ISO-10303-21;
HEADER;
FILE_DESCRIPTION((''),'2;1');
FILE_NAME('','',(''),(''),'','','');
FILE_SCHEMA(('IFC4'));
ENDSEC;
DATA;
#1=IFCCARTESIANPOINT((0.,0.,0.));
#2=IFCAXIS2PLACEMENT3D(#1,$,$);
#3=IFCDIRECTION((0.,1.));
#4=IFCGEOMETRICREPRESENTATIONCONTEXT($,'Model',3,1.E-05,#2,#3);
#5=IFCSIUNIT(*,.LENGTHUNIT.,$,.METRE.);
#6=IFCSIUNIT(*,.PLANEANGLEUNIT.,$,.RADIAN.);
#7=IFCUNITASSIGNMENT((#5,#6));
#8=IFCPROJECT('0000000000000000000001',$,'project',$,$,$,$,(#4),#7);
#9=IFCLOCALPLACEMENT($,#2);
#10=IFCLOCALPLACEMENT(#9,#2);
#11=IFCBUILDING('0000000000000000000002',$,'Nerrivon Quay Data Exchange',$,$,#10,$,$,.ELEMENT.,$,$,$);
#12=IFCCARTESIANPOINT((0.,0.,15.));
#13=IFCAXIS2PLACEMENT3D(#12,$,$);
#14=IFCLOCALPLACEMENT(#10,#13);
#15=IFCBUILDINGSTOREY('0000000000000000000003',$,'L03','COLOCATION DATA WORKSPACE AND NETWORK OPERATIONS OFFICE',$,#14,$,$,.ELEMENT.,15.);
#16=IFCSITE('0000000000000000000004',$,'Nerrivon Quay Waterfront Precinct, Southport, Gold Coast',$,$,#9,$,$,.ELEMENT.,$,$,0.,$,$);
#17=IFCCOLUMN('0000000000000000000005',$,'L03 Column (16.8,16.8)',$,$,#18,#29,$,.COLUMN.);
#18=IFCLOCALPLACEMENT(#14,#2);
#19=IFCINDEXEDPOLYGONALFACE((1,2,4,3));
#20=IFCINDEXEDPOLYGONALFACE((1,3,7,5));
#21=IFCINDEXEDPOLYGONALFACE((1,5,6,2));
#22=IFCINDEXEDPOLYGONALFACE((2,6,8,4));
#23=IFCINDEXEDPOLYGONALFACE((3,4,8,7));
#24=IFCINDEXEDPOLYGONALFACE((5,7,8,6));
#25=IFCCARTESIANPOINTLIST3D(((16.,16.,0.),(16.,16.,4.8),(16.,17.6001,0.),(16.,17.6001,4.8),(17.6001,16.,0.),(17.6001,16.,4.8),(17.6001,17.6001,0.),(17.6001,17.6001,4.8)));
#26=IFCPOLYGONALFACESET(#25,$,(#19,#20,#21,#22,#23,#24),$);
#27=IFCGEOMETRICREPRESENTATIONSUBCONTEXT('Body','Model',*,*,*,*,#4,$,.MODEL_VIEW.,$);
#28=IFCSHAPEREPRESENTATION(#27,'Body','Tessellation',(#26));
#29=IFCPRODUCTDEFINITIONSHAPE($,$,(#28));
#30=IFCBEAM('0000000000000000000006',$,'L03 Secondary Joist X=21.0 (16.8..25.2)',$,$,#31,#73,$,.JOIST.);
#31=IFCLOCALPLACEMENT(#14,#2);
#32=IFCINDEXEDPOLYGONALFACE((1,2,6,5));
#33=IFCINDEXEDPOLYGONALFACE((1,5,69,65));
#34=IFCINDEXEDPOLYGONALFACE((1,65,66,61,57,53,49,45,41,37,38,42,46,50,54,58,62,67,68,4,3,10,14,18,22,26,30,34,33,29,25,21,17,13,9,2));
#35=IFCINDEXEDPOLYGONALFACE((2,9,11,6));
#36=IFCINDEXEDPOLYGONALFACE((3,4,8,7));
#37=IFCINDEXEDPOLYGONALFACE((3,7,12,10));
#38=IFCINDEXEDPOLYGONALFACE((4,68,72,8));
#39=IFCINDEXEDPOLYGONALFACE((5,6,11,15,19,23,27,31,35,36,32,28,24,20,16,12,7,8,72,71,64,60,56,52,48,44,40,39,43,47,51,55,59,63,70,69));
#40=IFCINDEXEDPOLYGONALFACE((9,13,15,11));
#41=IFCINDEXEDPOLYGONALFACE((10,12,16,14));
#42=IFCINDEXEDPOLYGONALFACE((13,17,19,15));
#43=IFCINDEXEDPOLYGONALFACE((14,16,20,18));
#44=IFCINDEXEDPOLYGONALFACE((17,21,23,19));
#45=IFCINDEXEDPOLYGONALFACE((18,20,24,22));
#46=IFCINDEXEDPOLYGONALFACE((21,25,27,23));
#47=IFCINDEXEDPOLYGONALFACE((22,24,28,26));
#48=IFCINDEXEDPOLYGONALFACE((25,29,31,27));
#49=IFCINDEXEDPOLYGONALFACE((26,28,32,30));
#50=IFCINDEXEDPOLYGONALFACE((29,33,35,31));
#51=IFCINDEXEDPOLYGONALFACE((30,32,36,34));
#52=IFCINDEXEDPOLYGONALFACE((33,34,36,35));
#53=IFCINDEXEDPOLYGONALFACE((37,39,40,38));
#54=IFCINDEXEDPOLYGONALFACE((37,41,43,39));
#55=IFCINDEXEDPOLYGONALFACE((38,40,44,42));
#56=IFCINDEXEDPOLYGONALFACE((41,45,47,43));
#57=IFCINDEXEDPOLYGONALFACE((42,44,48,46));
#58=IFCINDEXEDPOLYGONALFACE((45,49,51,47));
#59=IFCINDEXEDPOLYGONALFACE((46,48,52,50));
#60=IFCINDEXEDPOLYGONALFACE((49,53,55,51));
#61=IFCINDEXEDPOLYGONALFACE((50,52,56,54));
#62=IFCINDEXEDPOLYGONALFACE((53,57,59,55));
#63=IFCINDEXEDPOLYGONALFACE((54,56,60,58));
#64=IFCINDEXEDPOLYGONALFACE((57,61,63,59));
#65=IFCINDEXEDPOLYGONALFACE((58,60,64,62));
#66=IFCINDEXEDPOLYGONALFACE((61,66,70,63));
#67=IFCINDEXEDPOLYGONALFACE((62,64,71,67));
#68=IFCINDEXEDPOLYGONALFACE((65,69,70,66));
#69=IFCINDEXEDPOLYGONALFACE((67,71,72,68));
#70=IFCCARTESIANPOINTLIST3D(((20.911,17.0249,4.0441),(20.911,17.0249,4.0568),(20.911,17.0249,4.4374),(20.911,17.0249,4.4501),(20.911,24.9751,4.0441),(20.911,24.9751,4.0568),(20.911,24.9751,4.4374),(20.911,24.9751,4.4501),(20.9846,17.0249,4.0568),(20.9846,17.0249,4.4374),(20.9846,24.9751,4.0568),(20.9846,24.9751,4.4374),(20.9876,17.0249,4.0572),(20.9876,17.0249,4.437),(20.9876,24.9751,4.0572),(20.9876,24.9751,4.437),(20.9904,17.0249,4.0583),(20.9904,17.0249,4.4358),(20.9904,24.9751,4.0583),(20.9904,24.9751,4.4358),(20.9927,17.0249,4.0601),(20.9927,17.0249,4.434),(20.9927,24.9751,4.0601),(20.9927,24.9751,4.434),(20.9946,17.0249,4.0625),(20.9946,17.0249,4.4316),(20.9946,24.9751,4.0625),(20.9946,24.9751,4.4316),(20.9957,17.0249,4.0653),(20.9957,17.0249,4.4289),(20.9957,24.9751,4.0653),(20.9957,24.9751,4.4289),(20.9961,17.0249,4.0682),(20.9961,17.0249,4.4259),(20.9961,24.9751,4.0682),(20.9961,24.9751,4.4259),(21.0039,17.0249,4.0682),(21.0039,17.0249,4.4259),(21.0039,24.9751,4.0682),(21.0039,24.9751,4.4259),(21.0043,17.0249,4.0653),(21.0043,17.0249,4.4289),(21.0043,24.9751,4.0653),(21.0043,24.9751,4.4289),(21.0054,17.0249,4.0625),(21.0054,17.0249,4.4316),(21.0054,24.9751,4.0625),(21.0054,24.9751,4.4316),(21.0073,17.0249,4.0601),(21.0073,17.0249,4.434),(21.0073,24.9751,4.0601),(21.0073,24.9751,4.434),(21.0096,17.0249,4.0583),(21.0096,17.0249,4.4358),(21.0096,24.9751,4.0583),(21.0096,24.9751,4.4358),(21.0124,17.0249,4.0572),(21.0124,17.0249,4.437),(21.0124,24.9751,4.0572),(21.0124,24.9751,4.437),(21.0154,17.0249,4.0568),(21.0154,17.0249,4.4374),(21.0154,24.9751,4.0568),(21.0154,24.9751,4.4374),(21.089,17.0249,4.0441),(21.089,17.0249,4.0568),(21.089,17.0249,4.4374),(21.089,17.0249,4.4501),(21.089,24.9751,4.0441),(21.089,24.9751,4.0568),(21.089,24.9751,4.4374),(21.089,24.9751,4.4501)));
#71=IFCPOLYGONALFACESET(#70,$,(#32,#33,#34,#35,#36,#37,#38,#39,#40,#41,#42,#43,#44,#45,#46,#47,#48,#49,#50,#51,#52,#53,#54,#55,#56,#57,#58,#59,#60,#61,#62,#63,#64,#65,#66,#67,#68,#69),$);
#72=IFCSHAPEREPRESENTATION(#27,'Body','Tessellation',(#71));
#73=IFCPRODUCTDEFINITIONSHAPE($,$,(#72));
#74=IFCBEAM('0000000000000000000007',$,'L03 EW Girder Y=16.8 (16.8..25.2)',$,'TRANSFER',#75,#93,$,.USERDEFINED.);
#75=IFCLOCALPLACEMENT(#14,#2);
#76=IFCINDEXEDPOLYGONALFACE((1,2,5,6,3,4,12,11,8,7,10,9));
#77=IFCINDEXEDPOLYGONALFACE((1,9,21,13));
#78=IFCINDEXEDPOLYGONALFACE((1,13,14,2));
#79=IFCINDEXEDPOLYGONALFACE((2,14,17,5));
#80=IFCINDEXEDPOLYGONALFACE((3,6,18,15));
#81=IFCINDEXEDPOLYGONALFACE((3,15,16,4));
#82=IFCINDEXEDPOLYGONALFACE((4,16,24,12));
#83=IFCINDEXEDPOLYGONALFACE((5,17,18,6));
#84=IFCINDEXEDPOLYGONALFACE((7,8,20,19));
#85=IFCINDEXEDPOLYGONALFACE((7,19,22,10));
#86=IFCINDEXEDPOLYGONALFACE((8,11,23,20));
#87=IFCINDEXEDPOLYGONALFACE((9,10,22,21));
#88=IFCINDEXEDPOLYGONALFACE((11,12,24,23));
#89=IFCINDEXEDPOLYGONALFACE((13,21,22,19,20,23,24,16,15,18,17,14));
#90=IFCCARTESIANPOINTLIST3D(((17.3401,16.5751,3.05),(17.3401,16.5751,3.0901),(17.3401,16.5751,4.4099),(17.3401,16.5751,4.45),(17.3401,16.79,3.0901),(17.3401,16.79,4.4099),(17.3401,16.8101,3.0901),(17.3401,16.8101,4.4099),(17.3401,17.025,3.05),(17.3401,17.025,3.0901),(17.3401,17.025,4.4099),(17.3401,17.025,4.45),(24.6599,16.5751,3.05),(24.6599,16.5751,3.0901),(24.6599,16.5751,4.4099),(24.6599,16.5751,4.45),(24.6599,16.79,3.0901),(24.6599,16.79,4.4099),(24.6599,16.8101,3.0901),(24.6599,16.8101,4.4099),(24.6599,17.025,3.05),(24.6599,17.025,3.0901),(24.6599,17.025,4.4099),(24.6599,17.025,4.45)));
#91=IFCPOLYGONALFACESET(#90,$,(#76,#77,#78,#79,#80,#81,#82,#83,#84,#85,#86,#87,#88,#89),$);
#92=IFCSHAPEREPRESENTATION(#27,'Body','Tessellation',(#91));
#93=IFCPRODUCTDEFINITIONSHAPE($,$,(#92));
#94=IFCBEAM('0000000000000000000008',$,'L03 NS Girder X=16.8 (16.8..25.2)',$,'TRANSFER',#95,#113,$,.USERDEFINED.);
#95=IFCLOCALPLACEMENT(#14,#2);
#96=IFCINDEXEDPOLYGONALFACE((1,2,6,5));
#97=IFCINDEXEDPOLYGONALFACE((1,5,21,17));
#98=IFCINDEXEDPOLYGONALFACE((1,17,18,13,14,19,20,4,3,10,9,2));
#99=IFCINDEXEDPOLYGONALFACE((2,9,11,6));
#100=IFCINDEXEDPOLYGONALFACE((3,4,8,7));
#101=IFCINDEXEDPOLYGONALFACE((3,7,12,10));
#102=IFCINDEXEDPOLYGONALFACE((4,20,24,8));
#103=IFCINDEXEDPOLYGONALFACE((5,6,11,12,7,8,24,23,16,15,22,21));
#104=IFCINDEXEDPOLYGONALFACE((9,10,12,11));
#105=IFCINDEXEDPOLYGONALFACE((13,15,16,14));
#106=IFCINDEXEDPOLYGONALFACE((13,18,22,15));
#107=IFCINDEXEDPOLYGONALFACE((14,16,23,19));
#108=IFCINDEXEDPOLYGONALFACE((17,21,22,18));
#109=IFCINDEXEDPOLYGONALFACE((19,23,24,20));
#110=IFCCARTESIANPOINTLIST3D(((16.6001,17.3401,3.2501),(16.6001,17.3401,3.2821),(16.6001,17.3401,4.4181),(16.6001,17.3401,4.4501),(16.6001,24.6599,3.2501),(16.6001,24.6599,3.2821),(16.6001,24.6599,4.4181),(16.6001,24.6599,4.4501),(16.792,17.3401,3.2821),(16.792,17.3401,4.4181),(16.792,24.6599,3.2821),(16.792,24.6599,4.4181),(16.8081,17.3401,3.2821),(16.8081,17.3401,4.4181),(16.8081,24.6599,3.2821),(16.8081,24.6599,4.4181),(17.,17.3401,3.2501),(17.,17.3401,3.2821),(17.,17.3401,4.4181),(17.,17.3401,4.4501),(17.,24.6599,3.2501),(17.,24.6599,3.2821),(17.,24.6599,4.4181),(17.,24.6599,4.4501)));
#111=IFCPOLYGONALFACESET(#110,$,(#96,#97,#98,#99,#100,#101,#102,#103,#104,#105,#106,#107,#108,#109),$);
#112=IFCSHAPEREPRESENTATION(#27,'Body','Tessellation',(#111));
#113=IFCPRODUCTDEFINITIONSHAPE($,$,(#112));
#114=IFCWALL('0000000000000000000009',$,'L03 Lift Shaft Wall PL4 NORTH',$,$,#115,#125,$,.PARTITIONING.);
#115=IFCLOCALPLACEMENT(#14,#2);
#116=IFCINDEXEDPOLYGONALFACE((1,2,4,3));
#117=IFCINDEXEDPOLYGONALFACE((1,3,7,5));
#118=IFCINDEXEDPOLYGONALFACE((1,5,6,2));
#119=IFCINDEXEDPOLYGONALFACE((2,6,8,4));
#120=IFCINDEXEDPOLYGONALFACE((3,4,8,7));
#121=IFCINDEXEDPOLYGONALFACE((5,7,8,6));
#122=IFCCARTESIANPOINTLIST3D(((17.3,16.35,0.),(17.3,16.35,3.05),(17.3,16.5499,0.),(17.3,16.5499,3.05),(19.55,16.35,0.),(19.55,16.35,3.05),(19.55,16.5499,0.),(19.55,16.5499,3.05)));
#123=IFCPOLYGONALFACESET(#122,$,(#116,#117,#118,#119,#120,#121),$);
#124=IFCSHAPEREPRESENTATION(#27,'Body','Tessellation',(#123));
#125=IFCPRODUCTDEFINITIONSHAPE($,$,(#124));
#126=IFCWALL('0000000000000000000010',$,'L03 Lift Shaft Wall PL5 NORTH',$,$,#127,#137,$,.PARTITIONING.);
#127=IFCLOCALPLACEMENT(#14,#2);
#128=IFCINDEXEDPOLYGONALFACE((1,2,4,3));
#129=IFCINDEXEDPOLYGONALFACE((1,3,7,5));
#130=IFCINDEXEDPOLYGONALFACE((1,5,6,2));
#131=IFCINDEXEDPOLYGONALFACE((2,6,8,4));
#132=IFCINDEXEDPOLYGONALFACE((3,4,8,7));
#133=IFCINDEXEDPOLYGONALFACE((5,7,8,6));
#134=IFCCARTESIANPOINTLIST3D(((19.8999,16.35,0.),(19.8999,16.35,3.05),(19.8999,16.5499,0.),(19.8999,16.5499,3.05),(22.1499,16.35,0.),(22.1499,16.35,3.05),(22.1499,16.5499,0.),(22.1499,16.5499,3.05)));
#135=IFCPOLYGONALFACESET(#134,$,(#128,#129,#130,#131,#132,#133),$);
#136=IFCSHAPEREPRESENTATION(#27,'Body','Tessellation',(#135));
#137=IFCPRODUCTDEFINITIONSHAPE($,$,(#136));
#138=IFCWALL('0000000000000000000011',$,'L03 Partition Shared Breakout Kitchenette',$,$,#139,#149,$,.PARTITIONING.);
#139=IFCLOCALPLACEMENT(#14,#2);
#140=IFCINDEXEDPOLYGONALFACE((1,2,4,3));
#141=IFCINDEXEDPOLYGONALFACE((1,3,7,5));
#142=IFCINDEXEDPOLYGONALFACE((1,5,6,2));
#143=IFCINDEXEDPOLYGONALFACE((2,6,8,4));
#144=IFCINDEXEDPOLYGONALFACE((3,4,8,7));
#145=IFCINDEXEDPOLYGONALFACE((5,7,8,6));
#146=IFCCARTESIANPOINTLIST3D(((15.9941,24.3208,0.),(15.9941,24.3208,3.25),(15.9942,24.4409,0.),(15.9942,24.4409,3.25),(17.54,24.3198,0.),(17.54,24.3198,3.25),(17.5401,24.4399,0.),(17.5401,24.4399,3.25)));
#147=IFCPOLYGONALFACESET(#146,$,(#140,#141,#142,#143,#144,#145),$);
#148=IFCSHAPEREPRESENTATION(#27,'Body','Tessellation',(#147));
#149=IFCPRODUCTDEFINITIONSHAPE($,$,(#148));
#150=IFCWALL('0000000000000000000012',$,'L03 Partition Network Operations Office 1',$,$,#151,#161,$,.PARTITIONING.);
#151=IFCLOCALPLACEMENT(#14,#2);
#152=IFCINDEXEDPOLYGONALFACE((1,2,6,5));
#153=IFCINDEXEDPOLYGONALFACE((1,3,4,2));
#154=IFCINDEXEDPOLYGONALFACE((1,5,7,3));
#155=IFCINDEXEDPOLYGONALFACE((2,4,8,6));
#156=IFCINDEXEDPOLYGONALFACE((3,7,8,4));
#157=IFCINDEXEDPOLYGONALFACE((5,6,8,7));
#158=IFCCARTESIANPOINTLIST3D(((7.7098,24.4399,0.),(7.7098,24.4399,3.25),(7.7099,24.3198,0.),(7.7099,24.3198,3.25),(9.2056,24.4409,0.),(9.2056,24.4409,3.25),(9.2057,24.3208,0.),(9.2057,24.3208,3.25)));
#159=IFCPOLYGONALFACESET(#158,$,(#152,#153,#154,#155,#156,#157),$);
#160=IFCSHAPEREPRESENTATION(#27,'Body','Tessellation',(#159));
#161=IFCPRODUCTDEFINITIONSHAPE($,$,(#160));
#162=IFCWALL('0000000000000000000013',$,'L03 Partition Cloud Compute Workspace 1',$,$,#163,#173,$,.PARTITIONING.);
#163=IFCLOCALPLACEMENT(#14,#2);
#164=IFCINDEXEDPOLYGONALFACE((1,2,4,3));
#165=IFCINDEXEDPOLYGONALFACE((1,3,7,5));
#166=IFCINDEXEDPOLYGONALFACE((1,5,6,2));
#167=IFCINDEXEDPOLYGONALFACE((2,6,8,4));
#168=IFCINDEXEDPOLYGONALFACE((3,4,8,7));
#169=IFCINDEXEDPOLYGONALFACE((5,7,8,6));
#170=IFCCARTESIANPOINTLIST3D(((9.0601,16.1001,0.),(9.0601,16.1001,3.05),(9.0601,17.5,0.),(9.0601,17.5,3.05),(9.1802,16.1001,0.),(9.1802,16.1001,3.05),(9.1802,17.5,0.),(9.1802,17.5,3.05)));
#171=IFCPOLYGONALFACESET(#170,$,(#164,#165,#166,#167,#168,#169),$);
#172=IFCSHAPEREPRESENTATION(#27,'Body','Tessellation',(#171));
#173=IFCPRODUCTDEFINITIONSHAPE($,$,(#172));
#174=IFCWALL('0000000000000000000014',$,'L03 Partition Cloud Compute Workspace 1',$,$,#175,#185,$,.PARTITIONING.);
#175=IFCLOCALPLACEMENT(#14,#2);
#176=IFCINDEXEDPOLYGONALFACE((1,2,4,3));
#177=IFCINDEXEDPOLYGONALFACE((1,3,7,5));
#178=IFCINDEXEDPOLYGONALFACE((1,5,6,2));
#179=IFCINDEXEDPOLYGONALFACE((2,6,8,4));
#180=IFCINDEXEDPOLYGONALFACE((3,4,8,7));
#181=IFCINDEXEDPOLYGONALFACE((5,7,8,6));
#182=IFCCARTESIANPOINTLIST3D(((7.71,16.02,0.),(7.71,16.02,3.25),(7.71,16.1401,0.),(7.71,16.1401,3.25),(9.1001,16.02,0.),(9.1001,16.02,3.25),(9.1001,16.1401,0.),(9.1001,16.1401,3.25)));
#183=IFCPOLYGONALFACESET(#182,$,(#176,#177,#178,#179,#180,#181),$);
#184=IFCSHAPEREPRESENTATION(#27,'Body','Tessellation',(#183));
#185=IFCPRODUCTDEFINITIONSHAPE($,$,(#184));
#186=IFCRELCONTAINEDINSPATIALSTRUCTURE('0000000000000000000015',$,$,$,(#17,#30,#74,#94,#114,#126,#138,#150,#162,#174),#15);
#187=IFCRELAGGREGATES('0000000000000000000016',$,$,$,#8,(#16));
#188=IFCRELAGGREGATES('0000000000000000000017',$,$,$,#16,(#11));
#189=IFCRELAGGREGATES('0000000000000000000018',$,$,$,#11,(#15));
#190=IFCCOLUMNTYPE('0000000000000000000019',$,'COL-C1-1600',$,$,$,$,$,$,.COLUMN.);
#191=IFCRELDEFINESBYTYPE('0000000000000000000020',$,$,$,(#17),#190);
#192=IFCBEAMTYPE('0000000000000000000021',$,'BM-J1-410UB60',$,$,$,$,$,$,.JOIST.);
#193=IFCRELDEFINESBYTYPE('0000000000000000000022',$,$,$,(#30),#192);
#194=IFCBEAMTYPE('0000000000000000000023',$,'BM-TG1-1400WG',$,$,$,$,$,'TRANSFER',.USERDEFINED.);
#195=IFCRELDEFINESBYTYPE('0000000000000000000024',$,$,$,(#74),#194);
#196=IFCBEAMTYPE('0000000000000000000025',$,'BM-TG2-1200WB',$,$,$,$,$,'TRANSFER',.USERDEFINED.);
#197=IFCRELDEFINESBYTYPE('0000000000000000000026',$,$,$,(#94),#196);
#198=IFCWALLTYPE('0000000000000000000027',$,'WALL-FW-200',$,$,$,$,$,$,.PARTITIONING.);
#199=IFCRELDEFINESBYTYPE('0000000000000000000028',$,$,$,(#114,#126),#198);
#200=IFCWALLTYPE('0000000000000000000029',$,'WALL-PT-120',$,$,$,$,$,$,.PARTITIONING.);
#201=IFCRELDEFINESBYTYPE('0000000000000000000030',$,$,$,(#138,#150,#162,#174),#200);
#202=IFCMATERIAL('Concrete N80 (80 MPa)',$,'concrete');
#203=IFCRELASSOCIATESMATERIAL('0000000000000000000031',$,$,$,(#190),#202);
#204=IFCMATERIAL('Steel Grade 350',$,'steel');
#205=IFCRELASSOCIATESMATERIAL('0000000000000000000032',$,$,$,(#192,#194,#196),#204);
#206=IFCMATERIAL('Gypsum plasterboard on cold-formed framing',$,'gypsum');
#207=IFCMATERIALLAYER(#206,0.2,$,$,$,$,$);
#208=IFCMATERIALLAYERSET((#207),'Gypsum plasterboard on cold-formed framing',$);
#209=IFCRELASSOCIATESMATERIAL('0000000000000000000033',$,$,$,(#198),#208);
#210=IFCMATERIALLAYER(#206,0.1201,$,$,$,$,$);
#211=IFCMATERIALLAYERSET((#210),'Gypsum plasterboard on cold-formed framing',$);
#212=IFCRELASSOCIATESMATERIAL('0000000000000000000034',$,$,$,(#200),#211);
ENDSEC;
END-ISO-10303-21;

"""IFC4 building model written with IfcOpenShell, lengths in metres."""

from ifc_helpers import new_model, si_unit, direction, frame, frame_2d, origin, origin_2d, place, context, subcontext, project, spatial, rectangle, i_section, extrude, material, layer, layer_set, material_profile, profile_set, type_object, element, save


model = new_model("IFC4")

# Units and contexts
model_context = context("Model", 3, precision=1e-05, world=origin(), true_north=direction((0.0, 1.0)))
body_context = subcontext(model_context, "Body", "Model", "MODEL_VIEW")
ifc_project = project(units=[si_unit("LENGTHUNIT", "METRE"), si_unit("PLANEANGLEUNIT", "RADIAN")], contexts=[model_context])

# Site, building, storey
site_placement = place(None, origin())
site = spatial("IfcSite", under=ifc_project, at=site_placement, Name="Nerrivon Quay Waterfront Precinct, Southport, Gold Coast", CompositionType="ELEMENT", RefElevation=0.0)
building_placement = place(site_placement, origin())
building = spatial("IfcBuilding", under=site, at=building_placement, Name="Nerrivon Quay Data Exchange", CompositionType="ELEMENT")
storey_placement = place(building_placement, frame((0.0, 0.0, 15.0)))
storey = spatial("IfcBuildingStorey", under=building, at=storey_placement, Name="L03", Description="COLOCATION DATA WORKSPACE AND NETWORK OPERATIONS OFFICE", CompositionType="ELEMENT", Elevation=15.0)

# Column
ifc_material_1 = material(Name="Concrete N80 (80 MPa)", Category="concrete")
ifc_material_profile_1 = material_profile(ifc_material_1, rectangle(XDim=1.6001, YDim=1.6001, at=origin_2d()), Name="RC-COL-1600x1600")
ifc_profile_set_1 = profile_set([ifc_material_profile_1], Name="Concrete N80 (80 MPa)")
column_type = type_object("IfcColumnType", Name="COL-C1-1600", PredefinedType="COLUMN", material=ifc_profile_set_1)
column_placement = place(storey_placement, frame((16.8, 16.8, 0.0), z_axis=(0.0, 0.0, 1.0), x_axis=(1.0, 0.0, 0.0)))
element("IfcColumn", 1, at=column_placement, inside=storey, type_object=column_type, Name="L03 Column (16.8,16.8)", PredefinedType="COLUMN", context=body_context, shape_type="SweptSolid", body=[
    extrude(rectangle(XDim=1.6001, YDim=1.6001, at=origin_2d()), origin(), (0.0, 0.0, 1.0), 4.8),
])

# Beams
ifc_material_2 = material(Name="Steel Grade 350", Category="steel")
ifc_material_profile_2 = material_profile(ifc_material_2, i_section(OverallWidth=0.178, OverallDepth=0.406, WebThickness=0.0078, FlangeThickness=0.0127, FilletRadius=0.0115, at=origin_2d()), Name="410UB59.7")
ifc_profile_set_2 = profile_set([ifc_material_profile_2], Name="Steel Grade 350")
beam_type_1 = type_object("IfcBeamType", Name="BM-J1-410UB60", PredefinedType="JOIST", material=ifc_profile_set_2)
beam_1_placement = place(storey_placement, frame((21.0, 17.0249, 4.2471), z_axis=(0.0, 1.0, 0.0), x_axis=(-1.0, 0.0, 0.0)))
element("IfcBeam", 2, at=beam_1_placement, inside=storey, type_object=beam_type_1, Name="L03 Secondary Joist X=21.0 (16.8..25.2)", PredefinedType="JOIST", context=body_context, shape_type="SweptSolid", body=[
    extrude(i_section(OverallWidth=0.178, OverallDepth=0.406, WebThickness=0.0078, FlangeThickness=0.0127, FilletRadius=0.0115, at=origin_2d()), origin(), (0.0, 0.0, 1.0), 7.9502),
])
ifc_material_profile_3 = material_profile(ifc_material_2, i_section(OverallWidth=0.45, OverallDepth=1.3999, WebThickness=0.02, FlangeThickness=0.04, at=origin_2d()), Name="1400WG455")
ifc_profile_set_3 = profile_set([ifc_material_profile_3], Name="Steel Grade 350")
beam_type_2 = type_object("IfcBeamType", Name="BM-TG1-1400WG", ElementType="TRANSFER", PredefinedType="USERDEFINED", material=ifc_profile_set_3)
beam_2_placement = place(storey_placement, frame((17.3401, 16.8, 3.75), z_axis=(1.0, 0.0, 0.0), x_axis=(0.0, 1.0, 0.0)))
element("IfcBeam", 3, at=beam_2_placement, inside=storey, type_object=beam_type_2, Name="L03 EW Girder Y=16.8 (16.8..25.2)", ObjectType="TRANSFER", PredefinedType="USERDEFINED", context=body_context, shape_type="SweptSolid", body=[
    extrude(i_section(OverallWidth=0.45, OverallDepth=1.3999, WebThickness=0.02, FlangeThickness=0.04, at=origin_2d()), origin(), (0.0, 0.0, 1.0), 7.3198),
])
ifc_material_profile_4 = material_profile(ifc_material_2, i_section(OverallWidth=0.3999, OverallDepth=1.2, WebThickness=0.0161, FlangeThickness=0.032, at=origin_2d()), Name="1200WB342")
ifc_profile_set_4 = profile_set([ifc_material_profile_4], Name="Steel Grade 350")
beam_type_3 = type_object("IfcBeamType", Name="BM-TG2-1200WB", ElementType="TRANSFER", PredefinedType="USERDEFINED", material=ifc_profile_set_4)
beam_3_placement = place(storey_placement, frame((16.8, 17.3401, 3.8501), z_axis=(0.0, 1.0, 0.0), x_axis=(-1.0, 0.0, 0.0)))
element("IfcBeam", 4, at=beam_3_placement, inside=storey, type_object=beam_type_3, Name="L03 NS Girder X=16.8 (16.8..25.2)", ObjectType="TRANSFER", PredefinedType="USERDEFINED", context=body_context, shape_type="SweptSolid", body=[
    extrude(i_section(OverallWidth=0.3999, OverallDepth=1.2, WebThickness=0.0161, FlangeThickness=0.032, at=origin_2d()), origin(), (0.0, 0.0, 1.0), 7.3198),
])

# Walls
ifc_material_3 = material(Name="Gypsum plasterboard on cold-formed framing", Category="gypsum")
ifc_layer_1 = layer(ifc_material_3, 0.2)
ifc_layer_set_1 = layer_set([ifc_layer_1], Name="Gypsum plasterboard on cold-formed framing")
wall_type_1 = type_object("IfcWallType", Name="WALL-FW-200", PredefinedType="PARTITIONING", material=ifc_layer_set_1)
for number, where, z_axis, x_axis, name in (
    (5, (17.3, 16.45, 0.0), (0.0, 0.0, 1.0), (1.0, 0.0, 0.0), "L03 Lift Shaft Wall PL4 NORTH"),
    (6, (19.8999, 16.45, 0.0), (0.0, 0.0, 1.0), (1.0, 0.0, 0.0), "L03 Lift Shaft Wall PL5 NORTH"),
):
    element("IfcWall", number, at=place(storey_placement, frame(where, z_axis=z_axis, x_axis=x_axis)), inside=storey, type_object=wall_type_1, Name=name, PredefinedType="PARTITIONING", context=body_context, shape_type="SweptSolid", body=[
        extrude(rectangle(XDim=2.25, YDim=0.2, at=frame_2d((1.125, 0.0))), origin(), (0.0, 0.0, 1.0), 3.05),
    ])
ifc_layer_2 = layer(ifc_material_3, 0.1201)
ifc_layer_set_2 = layer_set([ifc_layer_2], Name="Gypsum plasterboard on cold-formed framing")
wall_type_2 = type_object("IfcWallType", Name="WALL-PT-120", PredefinedType="PARTITIONING", material=ifc_layer_set_2)
wall_1_placement = place(storey_placement, frame((17.54, 24.3799, 0.0), z_axis=(0.0, 0.0, 1.0), x_axis=(-1.0, 0.000632, 0.0)))
element("IfcWall", 7, at=wall_1_placement, inside=storey, type_object=wall_type_2, Name="L03 Partition Shared Breakout Kitchenette", PredefinedType="PARTITIONING", context=body_context, shape_type="SweptSolid", body=[
    extrude(rectangle(XDim=1.5459, YDim=0.1201, at=frame_2d((0.7729, 0.0))), origin(), (0.0, 0.0, 1.0), 3.25),
])
wall_2_placement = place(storey_placement, frame((9.2058, 24.3809, 0.0), z_axis=(0.0, 0.0, 1.0), x_axis=(-1.0, -0.000653, 0.0)))
element("IfcWall", 8, at=wall_2_placement, inside=storey, type_object=wall_type_2, Name="L03 Partition Network Operations Office 1", PredefinedType="PARTITIONING", context=body_context, shape_type="SweptSolid", body=[
    extrude(rectangle(XDim=1.4958, YDim=0.1201, at=frame_2d((0.748, 0.0))), origin(), (0.0, 0.0, 1.0), 3.25),
])
wall_3_placement = place(storey_placement, frame((9.1201, 17.5, 0.0), z_axis=(0.0, 0.0, 1.0), x_axis=(0.0, -1.0, 0.0)))
element("IfcWall", 9, at=wall_3_placement, inside=storey, type_object=wall_type_2, Name="L03 Partition Cloud Compute Workspace 1", PredefinedType="PARTITIONING", context=body_context, shape_type="SweptSolid", body=[
    extrude(rectangle(XDim=1.3999, YDim=0.1201, at=frame_2d((0.7, 0.0))), origin(), (0.0, 0.0, 1.0), 3.05),
])
wall_4_placement = place(storey_placement, frame((9.1001, 16.0801, 0.0), z_axis=(0.0, 0.0, 1.0), x_axis=(-1.0, 0.0, 0.0)))
element("IfcWall", 10, at=wall_4_placement, inside=storey, type_object=wall_type_2, Name="L03 Partition Cloud Compute Workspace 1", PredefinedType="PARTITIONING", context=body_context, shape_type="SweptSolid", body=[
    extrude(rectangle(XDim=1.3901, YDim=0.1201, at=frame_2d((0.6951, 0.0))), origin(), (0.0, 0.0, 1.0), 3.25),
])

save(model, "model.ifc")
